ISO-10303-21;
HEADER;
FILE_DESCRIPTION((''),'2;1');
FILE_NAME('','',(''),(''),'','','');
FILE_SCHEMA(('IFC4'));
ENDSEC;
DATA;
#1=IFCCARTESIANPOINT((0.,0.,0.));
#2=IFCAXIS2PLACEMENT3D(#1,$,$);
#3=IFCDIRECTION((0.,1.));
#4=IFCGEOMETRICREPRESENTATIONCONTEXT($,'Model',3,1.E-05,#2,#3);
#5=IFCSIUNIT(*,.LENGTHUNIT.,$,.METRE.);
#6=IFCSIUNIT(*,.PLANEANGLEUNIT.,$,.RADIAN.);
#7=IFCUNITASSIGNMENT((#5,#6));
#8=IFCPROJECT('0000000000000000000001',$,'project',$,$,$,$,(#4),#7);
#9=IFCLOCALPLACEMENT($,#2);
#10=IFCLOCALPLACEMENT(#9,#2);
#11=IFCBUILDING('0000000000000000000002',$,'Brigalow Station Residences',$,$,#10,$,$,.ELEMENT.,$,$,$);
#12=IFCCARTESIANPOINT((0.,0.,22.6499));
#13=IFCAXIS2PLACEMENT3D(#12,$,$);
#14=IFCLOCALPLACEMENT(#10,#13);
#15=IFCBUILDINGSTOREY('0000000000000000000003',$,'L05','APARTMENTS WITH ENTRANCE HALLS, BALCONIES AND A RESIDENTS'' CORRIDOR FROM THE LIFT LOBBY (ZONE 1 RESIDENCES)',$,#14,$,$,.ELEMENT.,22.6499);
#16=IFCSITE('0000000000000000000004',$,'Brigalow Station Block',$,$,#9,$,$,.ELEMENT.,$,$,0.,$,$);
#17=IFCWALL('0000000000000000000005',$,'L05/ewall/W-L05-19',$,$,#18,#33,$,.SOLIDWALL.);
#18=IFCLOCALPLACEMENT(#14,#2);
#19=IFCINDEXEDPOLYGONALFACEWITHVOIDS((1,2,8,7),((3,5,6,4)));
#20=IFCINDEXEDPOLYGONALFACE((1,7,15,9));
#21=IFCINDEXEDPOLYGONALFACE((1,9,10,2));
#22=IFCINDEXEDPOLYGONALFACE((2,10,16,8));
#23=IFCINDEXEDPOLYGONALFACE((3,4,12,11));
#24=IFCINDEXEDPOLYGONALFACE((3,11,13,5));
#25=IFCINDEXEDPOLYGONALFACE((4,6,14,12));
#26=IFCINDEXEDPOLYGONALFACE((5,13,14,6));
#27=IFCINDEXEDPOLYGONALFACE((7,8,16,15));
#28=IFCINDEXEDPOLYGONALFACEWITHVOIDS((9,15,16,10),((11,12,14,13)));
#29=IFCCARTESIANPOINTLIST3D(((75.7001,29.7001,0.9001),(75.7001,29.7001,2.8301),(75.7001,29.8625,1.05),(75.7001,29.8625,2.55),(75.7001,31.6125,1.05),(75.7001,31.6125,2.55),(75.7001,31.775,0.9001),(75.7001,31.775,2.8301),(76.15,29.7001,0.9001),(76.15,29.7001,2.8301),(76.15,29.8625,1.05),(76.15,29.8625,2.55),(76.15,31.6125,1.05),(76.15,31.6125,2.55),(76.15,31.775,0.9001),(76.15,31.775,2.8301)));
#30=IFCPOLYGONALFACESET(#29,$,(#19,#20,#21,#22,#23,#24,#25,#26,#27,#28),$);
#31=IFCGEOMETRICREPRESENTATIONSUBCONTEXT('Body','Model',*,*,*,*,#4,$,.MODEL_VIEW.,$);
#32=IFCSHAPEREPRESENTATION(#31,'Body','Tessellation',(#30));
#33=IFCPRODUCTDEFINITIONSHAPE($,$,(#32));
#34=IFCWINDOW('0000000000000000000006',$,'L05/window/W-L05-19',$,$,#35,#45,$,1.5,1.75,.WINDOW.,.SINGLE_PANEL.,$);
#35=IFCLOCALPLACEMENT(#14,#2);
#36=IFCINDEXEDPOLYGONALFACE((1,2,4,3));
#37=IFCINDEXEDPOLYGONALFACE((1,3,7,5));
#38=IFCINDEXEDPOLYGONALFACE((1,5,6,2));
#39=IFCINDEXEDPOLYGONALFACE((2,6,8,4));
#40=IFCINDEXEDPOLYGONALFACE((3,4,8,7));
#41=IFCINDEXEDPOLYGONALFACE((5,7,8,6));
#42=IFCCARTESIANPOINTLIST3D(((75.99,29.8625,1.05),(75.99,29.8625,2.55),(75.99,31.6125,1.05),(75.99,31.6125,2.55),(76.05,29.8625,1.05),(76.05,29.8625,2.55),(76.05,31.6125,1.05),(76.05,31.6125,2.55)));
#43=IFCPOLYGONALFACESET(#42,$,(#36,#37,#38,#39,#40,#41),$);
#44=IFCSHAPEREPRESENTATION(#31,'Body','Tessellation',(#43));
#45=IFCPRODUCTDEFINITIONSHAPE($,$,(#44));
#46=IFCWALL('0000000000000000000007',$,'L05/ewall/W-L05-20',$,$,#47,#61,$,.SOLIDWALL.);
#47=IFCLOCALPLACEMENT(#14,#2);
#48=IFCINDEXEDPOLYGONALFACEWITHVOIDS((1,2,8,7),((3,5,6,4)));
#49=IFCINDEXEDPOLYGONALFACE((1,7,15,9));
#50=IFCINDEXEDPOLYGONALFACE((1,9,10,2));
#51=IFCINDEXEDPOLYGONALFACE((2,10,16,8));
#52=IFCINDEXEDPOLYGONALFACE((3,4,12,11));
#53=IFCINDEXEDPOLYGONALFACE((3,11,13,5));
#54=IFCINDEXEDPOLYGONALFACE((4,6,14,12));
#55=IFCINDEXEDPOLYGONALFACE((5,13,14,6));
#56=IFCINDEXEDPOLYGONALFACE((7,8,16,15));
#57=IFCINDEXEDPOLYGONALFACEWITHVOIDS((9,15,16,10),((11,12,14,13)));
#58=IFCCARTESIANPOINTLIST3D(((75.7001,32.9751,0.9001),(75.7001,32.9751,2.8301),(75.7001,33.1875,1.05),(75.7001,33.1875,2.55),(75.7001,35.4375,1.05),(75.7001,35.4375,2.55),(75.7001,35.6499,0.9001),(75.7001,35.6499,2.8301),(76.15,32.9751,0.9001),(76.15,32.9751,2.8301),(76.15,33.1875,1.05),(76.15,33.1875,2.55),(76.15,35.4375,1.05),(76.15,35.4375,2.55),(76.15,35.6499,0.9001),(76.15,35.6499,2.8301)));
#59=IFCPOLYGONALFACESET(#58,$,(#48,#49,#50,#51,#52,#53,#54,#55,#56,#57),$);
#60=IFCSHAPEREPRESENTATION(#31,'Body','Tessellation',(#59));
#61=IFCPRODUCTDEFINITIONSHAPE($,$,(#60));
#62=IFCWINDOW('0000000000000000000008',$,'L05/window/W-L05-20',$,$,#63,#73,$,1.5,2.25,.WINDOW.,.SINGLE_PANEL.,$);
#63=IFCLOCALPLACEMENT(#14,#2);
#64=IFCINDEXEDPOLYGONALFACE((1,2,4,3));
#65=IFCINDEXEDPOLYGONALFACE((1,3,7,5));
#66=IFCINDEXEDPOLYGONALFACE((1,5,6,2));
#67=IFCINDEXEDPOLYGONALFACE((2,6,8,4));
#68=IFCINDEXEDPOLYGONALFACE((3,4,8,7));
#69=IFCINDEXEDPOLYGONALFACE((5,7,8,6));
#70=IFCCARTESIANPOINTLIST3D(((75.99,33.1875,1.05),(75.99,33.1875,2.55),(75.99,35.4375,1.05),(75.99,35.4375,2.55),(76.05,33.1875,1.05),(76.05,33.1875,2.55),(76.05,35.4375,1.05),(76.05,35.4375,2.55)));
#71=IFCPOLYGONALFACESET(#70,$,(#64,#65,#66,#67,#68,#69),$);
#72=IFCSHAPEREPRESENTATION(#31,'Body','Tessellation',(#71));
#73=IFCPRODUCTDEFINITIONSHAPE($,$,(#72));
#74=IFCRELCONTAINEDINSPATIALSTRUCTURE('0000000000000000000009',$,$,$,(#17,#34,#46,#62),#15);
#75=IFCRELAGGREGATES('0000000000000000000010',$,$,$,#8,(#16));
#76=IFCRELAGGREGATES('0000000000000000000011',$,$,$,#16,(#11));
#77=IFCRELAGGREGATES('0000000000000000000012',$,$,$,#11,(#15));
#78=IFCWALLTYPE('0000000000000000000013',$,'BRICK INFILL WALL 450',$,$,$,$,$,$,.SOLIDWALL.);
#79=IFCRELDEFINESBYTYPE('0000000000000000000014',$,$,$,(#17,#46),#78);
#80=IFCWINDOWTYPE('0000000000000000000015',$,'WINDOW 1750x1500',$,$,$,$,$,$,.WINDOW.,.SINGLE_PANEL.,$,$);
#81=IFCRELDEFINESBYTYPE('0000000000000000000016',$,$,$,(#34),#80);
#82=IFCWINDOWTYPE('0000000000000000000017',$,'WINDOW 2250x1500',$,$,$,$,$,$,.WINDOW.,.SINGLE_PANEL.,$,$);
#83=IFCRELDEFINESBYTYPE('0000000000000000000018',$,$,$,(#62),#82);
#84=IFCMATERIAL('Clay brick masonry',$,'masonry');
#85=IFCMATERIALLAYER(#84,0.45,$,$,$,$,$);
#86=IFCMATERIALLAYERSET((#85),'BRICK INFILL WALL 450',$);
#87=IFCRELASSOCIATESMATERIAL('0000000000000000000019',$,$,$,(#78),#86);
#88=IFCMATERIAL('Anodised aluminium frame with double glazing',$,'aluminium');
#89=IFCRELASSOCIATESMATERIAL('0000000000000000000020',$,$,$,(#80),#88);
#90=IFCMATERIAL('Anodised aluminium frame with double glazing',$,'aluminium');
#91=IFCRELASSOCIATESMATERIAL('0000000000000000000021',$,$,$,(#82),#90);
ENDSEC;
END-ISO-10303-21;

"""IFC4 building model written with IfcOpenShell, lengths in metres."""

from ifc_helpers import new_model, si_unit, direction, frame, frame_2d, origin, place, context, subcontext, project, spatial, rectangle, extrude, material, layer, layer_set, type_object, element, fill, save


model = new_model("IFC4")

# Units and contexts
model_context = context("Model", 3, precision=1e-05, world=origin(), true_north=direction((0.0, 1.0)))
body_context = subcontext(model_context, "Body", "Model", "MODEL_VIEW")
ifc_project = project(units=[si_unit("LENGTHUNIT", "METRE"), si_unit("PLANEANGLEUNIT", "RADIAN")], contexts=[model_context])

# Site, building, storey
site_placement = place(None, origin())
site = spatial("IfcSite", under=ifc_project, at=site_placement, Name="Brigalow Station Block", CompositionType="ELEMENT", RefElevation=0.0)
building_placement = place(site_placement, origin())
building = spatial("IfcBuilding", under=site, at=building_placement, Name="Brigalow Station Residences", CompositionType="ELEMENT")
storey_placement = place(building_placement, frame((0.0, 0.0, 22.6499)))
storey = spatial("IfcBuildingStorey", under=building, at=storey_placement, Name="L05", Description="APARTMENTS WITH ENTRANCE HALLS, BALCONIES AND A RESIDENTS' CORRIDOR FROM THE LIFT LOBBY (ZONE 1 RESIDENCES)", CompositionType="ELEMENT", Elevation=22.6499)

# Shared definitions
ifc_material_1 = material(Name="Clay brick masonry", Category="masonry")
ifc_layer = layer(ifc_material_1, 0.45)
ifc_layer_set = layer_set([ifc_layer], Name="BRICK INFILL WALL 450")
wall_type = type_object("IfcWallType", Name="BRICK INFILL WALL 450", PredefinedType="SOLIDWALL", material=ifc_layer_set)

# Walls, openings, windows
wall_1_placement = place(storey_placement, frame((75.925, 29.7, 0.9001), z_axis=(0.0, 0.0, 1.0), x_axis=(0.0, 1.0, 0.0)))
wall_1 = element("IfcWall", 1, at=wall_1_placement, inside=storey, type_object=wall_type, Name="L05/ewall/W-L05-19", PredefinedType="SOLIDWALL", context=body_context, shape_type="SweptSolid", body=[
    extrude(rectangle(XDim=2.075, YDim=0.45, at=frame_2d((1.0376, 0.0))), origin(), (0.0, 0.0, 1.0), 1.9299),
])
opening_1_placement = place(wall_1_placement, frame((0.1626, 0.0, 0.1499)))
opening_1 = element("IfcOpeningElement", 2, at=opening_1_placement, cuts=wall_1, PredefinedType="OPENING", context=body_context, shape_type="SweptSolid", body=[
    extrude(rectangle(XDim=1.75, YDim=1.5, at=frame_2d((0.875, 0.75))), frame((0.0, 0.2349, 0.0), z_axis=(0.0, -1.0, 0.0), x_axis=(1.0, 0.0, 0.0)), (0.0, 0.0, 1.0), 0.47),
])
ifc_material_2 = material(Name="Anodised aluminium frame with double glazing", Category="aluminium")
window_type_1 = type_object("IfcWindowType", Name="WINDOW 1750x1500", PartitioningType="SINGLE_PANEL", PredefinedType="WINDOW", material=ifc_material_2)
window_1_placement = place(opening_1_placement, origin())
window_1 = element("IfcWindow", 3, at=window_1_placement, inside=storey, type_object=window_type_1, Name="L05/window/W-L05-19", OverallHeight=1.5, OverallWidth=1.75, PartitioningType="SINGLE_PANEL", PredefinedType="WINDOW", context=body_context, shape_type="SweptSolid", body=[
    extrude(rectangle(XDim=1.75, YDim=1.5, at=frame_2d((0.875, 0.75))), frame((0.0, -0.0649, 0.0), z_axis=(0.0, -1.0, 0.0), x_axis=(1.0, 0.0, 0.0)), (0.0, 0.0, 1.0), 0.0601),
])
fill(opening_1, window_1)
wall_2_placement = place(storey_placement, frame((75.925, 32.9751, 0.9001), z_axis=(0.0, 0.0, 1.0), x_axis=(0.0, 1.0, 0.0)))
wall_2 = element("IfcWall", 4, at=wall_2_placement, inside=storey, type_object=wall_type, Name="L05/ewall/W-L05-20", PredefinedType="SOLIDWALL", context=body_context, shape_type="SweptSolid", body=[
    extrude(rectangle(XDim=2.6748, YDim=0.45, at=frame_2d((1.3374, 0.0))), origin(), (0.0, 0.0, 1.0), 1.9299),
])
opening_2_placement = place(wall_2_placement, frame((0.2124, 0.0, 0.1499)))
opening_2 = element("IfcOpeningElement", 5, at=opening_2_placement, cuts=wall_2, PredefinedType="OPENING", context=body_context, shape_type="SweptSolid", body=[
    extrude(rectangle(XDim=2.25, YDim=1.5, at=frame_2d((1.125, 0.75))), frame((0.0, 0.2349, 0.0), z_axis=(0.0, -1.0, 0.0), x_axis=(1.0, 0.0, 0.0)), (0.0, 0.0, 1.0), 0.47),
])
ifc_material_3 = material(Name="Anodised aluminium frame with double glazing", Category="aluminium")
window_type_2 = type_object("IfcWindowType", Name="WINDOW 2250x1500", PartitioningType="SINGLE_PANEL", PredefinedType="WINDOW", material=ifc_material_3)
window_2_placement = place(opening_2_placement, origin())
window_2 = element("IfcWindow", 6, at=window_2_placement, inside=storey, type_object=window_type_2, Name="L05/window/W-L05-20", OverallHeight=1.5, OverallWidth=2.25, PartitioningType="SINGLE_PANEL", PredefinedType="WINDOW", context=body_context, shape_type="SweptSolid", body=[
    extrude(rectangle(XDim=2.25, YDim=1.5, at=frame_2d((1.125, 0.75))), frame((0.0, -0.0649, 0.0), z_axis=(0.0, -1.0, 0.0), x_axis=(1.0, 0.0, 0.0)), (0.0, 0.0, 1.0), 0.0601),
])
fill(opening_2, window_2)

save(model, "model.ifc")
